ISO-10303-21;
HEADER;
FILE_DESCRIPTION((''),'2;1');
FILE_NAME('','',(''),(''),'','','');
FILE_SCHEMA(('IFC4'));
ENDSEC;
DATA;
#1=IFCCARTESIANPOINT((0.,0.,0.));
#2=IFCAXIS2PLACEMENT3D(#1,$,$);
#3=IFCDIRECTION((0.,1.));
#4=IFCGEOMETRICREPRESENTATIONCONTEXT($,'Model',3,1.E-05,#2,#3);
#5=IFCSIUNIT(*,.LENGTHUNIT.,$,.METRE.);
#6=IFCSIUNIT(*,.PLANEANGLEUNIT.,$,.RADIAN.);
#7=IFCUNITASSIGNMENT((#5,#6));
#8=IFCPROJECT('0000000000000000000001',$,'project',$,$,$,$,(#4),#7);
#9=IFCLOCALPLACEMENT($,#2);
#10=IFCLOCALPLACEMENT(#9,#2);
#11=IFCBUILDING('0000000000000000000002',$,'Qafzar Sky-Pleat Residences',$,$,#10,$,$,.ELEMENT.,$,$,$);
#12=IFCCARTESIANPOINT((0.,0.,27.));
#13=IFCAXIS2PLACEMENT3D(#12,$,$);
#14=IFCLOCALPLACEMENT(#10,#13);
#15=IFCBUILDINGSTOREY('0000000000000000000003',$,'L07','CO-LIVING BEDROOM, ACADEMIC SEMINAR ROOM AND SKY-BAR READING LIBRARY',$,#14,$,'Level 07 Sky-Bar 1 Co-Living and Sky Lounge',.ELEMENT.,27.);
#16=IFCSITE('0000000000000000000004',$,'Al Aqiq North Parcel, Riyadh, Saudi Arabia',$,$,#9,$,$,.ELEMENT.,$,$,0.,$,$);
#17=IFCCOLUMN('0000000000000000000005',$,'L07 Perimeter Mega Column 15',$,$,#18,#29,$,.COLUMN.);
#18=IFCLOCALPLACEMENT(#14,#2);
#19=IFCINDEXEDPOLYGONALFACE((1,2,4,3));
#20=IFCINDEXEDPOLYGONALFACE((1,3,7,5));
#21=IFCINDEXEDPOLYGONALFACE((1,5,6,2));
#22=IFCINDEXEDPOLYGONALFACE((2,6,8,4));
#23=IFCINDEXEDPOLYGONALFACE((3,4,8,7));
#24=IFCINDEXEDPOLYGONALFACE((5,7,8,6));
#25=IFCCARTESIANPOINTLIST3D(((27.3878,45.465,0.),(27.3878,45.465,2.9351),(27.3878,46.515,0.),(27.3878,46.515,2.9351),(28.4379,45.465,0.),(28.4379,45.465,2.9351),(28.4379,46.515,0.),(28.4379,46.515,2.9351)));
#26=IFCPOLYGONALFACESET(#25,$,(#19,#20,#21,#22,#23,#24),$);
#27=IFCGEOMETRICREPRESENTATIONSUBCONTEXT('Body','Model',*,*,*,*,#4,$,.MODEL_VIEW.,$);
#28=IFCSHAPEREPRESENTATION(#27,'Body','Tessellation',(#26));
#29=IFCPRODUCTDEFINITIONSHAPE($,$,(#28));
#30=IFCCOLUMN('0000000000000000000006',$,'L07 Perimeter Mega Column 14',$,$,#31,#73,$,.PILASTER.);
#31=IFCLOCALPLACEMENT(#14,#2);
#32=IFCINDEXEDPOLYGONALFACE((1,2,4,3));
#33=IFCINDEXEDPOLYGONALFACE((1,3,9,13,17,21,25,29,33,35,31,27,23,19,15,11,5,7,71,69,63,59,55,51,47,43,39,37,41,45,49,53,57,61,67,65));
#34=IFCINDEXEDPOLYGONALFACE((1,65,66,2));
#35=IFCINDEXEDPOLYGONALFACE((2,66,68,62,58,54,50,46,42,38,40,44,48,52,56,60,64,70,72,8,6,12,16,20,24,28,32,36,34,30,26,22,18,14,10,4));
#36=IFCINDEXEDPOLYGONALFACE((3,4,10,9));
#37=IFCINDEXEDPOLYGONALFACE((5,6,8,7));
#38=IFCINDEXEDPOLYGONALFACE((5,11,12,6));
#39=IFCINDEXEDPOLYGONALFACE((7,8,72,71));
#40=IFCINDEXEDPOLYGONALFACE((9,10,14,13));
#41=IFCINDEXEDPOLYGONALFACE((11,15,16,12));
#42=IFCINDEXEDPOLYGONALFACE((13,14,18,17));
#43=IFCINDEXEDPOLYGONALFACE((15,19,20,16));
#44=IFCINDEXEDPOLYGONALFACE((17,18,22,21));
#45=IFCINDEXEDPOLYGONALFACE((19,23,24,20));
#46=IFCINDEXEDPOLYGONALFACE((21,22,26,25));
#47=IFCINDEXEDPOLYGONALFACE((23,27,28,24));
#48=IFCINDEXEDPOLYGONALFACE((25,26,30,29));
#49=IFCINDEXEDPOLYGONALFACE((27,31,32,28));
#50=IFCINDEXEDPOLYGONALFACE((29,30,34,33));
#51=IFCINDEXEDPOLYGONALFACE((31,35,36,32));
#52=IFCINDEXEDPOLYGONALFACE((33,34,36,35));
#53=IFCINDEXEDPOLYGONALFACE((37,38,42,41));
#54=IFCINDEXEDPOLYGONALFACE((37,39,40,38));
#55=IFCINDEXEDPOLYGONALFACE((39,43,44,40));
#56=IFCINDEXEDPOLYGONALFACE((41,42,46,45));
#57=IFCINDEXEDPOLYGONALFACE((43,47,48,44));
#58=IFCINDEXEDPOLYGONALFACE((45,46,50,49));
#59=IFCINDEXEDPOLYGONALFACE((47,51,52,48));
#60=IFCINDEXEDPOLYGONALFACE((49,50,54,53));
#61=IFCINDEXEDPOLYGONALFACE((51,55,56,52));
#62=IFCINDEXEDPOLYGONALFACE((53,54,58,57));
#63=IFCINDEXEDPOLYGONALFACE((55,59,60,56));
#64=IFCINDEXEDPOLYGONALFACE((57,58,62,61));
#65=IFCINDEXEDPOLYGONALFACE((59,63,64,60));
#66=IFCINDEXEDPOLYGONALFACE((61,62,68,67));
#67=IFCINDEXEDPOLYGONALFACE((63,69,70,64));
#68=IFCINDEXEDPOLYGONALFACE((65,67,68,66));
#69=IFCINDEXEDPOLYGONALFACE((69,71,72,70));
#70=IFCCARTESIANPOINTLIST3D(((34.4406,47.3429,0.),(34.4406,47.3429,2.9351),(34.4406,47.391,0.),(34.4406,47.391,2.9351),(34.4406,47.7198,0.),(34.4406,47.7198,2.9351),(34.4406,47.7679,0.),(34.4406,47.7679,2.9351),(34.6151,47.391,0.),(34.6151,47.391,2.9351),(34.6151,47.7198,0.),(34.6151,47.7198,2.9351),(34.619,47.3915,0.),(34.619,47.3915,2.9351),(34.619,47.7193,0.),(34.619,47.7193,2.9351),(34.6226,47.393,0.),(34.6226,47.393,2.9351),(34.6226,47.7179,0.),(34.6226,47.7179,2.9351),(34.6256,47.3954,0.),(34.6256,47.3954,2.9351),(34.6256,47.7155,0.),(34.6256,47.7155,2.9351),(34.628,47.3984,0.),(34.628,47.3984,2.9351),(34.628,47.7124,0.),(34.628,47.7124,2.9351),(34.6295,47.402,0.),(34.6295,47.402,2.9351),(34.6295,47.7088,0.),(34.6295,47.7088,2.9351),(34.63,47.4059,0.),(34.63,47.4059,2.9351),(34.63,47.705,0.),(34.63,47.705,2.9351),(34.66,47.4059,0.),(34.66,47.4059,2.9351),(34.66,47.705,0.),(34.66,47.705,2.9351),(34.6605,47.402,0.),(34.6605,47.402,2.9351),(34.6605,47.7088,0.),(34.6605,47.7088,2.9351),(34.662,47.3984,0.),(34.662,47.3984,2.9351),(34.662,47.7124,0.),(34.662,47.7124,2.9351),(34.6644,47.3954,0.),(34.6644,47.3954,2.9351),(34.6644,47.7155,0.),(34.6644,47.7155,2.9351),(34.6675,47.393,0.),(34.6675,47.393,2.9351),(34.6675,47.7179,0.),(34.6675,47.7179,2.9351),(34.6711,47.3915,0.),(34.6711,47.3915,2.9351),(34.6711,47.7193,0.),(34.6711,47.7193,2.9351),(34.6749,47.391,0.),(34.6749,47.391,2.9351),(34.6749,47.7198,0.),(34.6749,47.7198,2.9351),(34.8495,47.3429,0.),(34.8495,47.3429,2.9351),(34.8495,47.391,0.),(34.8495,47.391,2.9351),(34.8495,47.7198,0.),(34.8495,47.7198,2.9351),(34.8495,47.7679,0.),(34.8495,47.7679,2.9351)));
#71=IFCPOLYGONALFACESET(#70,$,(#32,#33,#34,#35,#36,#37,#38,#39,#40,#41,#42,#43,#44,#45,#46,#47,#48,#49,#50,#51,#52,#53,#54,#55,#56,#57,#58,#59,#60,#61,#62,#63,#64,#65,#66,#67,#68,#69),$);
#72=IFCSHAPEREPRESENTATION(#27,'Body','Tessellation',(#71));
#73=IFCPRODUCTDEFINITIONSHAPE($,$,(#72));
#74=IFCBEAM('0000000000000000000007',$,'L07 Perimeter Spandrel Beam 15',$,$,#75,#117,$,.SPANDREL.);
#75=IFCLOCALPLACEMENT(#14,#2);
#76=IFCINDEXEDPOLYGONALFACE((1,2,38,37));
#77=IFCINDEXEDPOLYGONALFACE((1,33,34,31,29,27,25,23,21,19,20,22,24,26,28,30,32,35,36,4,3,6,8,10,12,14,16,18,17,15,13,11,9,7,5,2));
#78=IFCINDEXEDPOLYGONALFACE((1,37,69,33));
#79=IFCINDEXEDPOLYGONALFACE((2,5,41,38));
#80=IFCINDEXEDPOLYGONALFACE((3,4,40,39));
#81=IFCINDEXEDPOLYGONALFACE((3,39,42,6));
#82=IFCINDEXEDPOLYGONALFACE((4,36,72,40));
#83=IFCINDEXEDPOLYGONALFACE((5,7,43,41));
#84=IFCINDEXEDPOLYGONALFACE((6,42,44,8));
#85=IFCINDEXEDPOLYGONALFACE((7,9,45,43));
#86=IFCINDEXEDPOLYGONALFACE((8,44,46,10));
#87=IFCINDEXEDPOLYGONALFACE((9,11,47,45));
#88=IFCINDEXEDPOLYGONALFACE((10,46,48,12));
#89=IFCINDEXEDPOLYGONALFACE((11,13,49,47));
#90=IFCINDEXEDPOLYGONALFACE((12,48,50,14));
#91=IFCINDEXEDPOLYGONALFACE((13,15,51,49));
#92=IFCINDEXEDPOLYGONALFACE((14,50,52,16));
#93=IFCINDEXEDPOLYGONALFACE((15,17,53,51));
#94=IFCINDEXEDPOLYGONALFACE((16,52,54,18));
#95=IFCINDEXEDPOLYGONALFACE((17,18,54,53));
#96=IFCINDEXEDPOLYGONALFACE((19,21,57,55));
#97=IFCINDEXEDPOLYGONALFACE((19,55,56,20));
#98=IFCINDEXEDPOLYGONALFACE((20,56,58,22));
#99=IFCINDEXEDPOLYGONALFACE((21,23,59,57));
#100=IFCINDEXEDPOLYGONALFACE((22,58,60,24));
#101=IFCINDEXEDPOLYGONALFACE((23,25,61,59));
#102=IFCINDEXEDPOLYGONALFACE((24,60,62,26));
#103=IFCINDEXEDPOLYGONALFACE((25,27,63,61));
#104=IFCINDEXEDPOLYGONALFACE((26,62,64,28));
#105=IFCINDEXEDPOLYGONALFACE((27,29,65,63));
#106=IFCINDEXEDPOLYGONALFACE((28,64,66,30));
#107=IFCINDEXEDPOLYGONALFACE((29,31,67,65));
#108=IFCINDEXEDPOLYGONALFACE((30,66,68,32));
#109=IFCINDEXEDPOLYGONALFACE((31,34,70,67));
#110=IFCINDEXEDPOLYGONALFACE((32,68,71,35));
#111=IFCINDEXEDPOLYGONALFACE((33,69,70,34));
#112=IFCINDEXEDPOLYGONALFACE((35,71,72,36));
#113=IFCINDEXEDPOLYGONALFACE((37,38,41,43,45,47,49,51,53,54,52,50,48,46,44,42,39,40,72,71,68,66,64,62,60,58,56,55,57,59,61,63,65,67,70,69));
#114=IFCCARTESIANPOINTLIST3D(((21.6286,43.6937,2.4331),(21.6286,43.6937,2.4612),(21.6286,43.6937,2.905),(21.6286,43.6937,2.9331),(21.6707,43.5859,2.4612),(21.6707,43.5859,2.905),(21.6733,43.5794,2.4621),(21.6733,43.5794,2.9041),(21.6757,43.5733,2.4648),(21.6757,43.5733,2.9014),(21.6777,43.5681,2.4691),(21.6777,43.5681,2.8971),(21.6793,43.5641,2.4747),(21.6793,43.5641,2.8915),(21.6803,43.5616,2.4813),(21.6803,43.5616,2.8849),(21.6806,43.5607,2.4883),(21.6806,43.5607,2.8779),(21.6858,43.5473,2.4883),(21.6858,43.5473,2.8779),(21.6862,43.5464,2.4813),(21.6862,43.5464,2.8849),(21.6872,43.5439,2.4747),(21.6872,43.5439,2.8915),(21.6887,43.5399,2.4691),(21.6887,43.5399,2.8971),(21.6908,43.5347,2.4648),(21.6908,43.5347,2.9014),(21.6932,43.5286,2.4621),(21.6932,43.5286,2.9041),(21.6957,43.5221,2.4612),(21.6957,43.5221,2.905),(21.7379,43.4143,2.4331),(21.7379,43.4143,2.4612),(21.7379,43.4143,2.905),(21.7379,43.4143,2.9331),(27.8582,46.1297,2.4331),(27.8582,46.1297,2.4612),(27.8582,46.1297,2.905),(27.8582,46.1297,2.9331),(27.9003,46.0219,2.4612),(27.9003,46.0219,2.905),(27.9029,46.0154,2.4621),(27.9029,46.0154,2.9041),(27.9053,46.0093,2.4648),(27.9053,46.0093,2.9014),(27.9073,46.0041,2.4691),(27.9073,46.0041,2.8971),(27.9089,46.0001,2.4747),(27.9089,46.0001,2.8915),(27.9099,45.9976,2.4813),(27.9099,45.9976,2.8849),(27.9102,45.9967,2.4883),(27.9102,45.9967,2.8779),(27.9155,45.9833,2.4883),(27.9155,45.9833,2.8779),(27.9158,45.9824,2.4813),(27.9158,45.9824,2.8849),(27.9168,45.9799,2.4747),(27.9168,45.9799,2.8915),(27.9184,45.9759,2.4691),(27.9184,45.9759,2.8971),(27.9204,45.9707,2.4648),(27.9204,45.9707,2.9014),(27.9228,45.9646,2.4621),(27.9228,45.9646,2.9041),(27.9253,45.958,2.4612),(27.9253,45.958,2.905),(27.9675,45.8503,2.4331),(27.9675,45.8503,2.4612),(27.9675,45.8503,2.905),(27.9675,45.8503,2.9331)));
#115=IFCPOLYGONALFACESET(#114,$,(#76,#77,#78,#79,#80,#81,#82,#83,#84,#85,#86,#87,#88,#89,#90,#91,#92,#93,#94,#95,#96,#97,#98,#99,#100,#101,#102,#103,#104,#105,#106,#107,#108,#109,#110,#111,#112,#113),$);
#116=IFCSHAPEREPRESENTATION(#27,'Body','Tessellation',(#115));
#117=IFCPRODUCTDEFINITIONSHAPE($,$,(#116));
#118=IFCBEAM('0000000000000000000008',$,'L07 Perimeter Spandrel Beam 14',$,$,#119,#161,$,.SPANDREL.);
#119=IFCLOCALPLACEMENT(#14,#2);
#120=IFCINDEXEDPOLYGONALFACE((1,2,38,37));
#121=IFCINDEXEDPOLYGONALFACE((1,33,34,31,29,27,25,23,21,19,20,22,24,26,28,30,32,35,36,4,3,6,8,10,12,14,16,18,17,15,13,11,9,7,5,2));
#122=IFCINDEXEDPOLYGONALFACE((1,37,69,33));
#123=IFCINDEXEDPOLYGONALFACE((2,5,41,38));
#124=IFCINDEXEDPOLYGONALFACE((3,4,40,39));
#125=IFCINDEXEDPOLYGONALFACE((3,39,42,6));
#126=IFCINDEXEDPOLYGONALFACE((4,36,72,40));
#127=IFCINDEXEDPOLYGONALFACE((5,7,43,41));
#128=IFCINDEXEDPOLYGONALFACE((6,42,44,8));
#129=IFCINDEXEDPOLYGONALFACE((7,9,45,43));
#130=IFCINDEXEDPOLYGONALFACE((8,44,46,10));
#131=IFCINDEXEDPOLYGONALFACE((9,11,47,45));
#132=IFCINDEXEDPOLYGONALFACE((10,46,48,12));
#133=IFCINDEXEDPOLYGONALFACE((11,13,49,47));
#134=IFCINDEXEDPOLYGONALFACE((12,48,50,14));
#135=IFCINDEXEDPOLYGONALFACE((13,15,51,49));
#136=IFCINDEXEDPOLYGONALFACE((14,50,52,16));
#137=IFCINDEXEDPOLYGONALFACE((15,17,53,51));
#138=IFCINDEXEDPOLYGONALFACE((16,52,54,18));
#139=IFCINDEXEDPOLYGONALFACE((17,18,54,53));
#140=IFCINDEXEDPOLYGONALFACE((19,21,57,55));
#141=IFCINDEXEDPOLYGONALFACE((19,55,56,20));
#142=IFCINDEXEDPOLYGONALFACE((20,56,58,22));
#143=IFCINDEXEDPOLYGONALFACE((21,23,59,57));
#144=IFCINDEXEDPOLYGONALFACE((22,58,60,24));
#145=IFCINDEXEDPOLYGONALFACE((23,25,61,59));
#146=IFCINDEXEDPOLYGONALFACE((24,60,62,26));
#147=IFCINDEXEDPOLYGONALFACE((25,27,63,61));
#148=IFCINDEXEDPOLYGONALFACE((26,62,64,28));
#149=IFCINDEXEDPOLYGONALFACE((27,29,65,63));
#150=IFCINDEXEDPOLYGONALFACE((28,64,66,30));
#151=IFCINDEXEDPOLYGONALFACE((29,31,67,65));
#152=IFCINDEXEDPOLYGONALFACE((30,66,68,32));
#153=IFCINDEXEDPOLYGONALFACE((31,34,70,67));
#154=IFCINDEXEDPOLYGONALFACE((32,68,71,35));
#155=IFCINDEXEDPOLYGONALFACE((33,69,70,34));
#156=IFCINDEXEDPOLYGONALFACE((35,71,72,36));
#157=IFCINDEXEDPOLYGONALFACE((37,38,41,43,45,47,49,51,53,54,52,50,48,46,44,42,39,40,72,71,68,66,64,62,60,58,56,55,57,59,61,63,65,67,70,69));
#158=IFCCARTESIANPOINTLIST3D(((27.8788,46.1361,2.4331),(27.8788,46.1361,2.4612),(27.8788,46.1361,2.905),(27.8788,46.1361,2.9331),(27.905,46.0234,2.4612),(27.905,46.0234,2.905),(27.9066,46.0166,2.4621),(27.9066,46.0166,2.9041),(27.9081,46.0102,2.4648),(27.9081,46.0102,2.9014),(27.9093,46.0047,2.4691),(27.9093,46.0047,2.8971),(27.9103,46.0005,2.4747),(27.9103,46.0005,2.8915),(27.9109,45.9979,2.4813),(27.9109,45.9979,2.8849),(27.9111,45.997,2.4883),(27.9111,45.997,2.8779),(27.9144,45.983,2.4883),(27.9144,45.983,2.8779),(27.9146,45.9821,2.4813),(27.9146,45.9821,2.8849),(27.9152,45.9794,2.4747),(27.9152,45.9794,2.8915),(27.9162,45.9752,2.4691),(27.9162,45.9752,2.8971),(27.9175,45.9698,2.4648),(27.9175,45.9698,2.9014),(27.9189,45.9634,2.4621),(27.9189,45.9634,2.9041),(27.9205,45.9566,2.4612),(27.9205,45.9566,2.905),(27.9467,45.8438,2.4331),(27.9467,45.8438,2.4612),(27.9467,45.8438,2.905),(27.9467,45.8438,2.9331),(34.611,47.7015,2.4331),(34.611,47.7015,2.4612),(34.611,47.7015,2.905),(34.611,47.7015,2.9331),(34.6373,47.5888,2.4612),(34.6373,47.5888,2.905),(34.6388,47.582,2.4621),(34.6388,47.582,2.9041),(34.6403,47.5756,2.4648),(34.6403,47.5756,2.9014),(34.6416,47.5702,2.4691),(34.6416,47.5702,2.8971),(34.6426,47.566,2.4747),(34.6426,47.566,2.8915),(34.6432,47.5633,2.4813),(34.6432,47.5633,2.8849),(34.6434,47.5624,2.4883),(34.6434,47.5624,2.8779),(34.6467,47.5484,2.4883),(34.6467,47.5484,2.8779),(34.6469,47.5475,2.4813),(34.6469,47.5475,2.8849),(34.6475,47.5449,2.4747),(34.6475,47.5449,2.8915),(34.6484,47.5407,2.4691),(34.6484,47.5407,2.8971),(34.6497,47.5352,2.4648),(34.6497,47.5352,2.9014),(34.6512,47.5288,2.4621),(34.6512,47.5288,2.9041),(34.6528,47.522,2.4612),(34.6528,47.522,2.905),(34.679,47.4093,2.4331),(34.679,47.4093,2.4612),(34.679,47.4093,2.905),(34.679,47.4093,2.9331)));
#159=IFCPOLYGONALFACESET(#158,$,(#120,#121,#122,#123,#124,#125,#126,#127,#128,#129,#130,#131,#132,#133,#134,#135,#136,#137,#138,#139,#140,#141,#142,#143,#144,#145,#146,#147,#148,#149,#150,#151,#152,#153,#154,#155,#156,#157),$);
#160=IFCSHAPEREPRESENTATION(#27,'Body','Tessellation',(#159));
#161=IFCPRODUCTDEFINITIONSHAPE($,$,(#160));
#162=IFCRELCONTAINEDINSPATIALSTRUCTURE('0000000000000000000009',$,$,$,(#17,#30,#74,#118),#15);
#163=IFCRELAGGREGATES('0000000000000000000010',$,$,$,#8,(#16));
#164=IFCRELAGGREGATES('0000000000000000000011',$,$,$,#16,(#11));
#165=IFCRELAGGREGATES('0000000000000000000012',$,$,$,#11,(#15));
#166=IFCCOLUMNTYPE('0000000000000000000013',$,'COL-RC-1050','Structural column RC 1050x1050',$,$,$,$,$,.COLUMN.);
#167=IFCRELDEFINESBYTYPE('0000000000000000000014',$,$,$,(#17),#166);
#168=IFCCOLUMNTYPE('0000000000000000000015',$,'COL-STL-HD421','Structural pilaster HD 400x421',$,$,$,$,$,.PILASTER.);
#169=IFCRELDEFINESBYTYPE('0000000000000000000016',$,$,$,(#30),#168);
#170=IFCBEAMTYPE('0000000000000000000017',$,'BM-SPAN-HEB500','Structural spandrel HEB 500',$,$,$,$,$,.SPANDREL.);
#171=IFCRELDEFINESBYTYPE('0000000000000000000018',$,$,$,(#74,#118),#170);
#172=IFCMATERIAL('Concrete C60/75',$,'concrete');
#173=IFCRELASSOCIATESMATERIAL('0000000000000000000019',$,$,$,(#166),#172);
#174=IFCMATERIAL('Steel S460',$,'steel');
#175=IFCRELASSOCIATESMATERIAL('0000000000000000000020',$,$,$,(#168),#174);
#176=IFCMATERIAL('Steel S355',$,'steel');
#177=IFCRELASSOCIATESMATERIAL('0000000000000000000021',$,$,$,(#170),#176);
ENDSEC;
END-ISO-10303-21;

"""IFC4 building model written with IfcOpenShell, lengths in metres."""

from ifc_helpers import new_model, si_unit, direction, frame, origin, origin_2d, place, context, subcontext, project, spatial, rectangle, i_section, extrude, source, transform, mapped, material, material_profile, profile_set, type_object, element, save


model = new_model("IFC4")

# Units and contexts
model_context = context("Model", 3, precision=1e-05, world=origin(), true_north=direction((0.0, 1.0)))
body_context = subcontext(model_context, "Body", "Model", "MODEL_VIEW")
ifc_project = project(units=[si_unit("LENGTHUNIT", "METRE"), si_unit("PLANEANGLEUNIT", "RADIAN")], contexts=[model_context])

# Site, building, storey
site_placement = place(None, origin())
site = spatial("IfcSite", under=ifc_project, at=site_placement, Name="Al Aqiq North Parcel, Riyadh, Saudi Arabia", CompositionType="ELEMENT", RefElevation=0.0)
building_placement = place(site_placement, origin())
building = spatial("IfcBuilding", under=site, at=building_placement, Name="Qafzar Sky-Pleat Residences", CompositionType="ELEMENT")
storey_placement = place(building_placement, frame((0.0, 0.0, 27.0)))
storey = spatial("IfcBuildingStorey", under=building, at=storey_placement, Name="L07", Description="CO-LIVING BEDROOM, ACADEMIC SEMINAR ROOM AND SKY-BAR READING LIBRARY", LongName="Level 07 Sky-Bar 1 Co-Living and Sky Lounge", CompositionType="ELEMENT", Elevation=27.0)

# Columns
ifc_material_1 = material(Name="Concrete C60/75", Category="concrete")
ifc_material_profile_1 = material_profile(ifc_material_1, rectangle(XDim=1.05, YDim=1.05, at=origin_2d()), Name="RC 1050x1050")
ifc_profile_set_1 = profile_set([ifc_material_profile_1], Name="Concrete C60/75")
column_type_1 = type_object("IfcColumnType", Name="COL-RC-1050", Description="Structural column RC 1050x1050", PredefinedType="COLUMN", material=ifc_profile_set_1)
shared_shape_1 = source(origin(), body_context, "Body", "SweptSolid", [
    extrude(rectangle(XDim=1.05, YDim=1.05, at=origin_2d()), origin(), (0.0, 0.0, 1.0), 2.9351),
])
column_1_placement = place(storey_placement, frame((27.9128, 45.99, 0.0), z_axis=(0.0, 0.0, 1.0), x_axis=(1.0, 0.0, 0.0)))
element("IfcColumn", 1, at=column_1_placement, inside=storey, type_object=column_type_1, Name="L07 Perimeter Mega Column 15", PredefinedType="COLUMN", context=body_context, shape_type="MappedRepresentation", body=[
    mapped(shared_shape_1, transform((0.0, 0.0, 0.0), x_axis=(1.0, 0.0, 0.0), y_axis=(0.0, 1.0, 0.0), z_axis=(0.0, 0.0, 1.0), scale=1.0)),
])
ifc_material_2 = material(Name="Steel S460", Category="steel")
ifc_material_profile_2 = material_profile(ifc_material_2, i_section(OverallWidth=0.4089, OverallDepth=0.425, WebThickness=0.03, FlangeThickness=0.0481, FilletRadius=0.0149, at=origin_2d()), Name="HD 400x421")
ifc_profile_set_2 = profile_set([ifc_material_profile_2], Name="Steel S460")
column_type_2 = type_object("IfcColumnType", Name="COL-STL-HD421", Description="Structural pilaster HD 400x421", PredefinedType="PILASTER", material=ifc_profile_set_2)
shared_shape_2 = source(origin(), body_context, "Body", "SweptSolid", [
    extrude(i_section(OverallWidth=0.4089, OverallDepth=0.425, WebThickness=0.03, FlangeThickness=0.0481, FilletRadius=0.0149, at=origin_2d()), origin(), (0.0, 0.0, 1.0), 2.9351),
])
column_2_placement = place(storey_placement, frame((34.645, 47.5554, 0.0), z_axis=(0.0, 0.0, 1.0), x_axis=(1.0, 0.0, 0.0)))
element("IfcColumn", 2, at=column_2_placement, inside=storey, type_object=column_type_2, Name="L07 Perimeter Mega Column 14", PredefinedType="PILASTER", context=body_context, shape_type="MappedRepresentation", body=[
    mapped(shared_shape_2, transform((0.0, 0.0, 0.0), x_axis=(1.0, 0.0, 0.0), y_axis=(0.0, 1.0, 0.0), z_axis=(0.0, 0.0, 1.0), scale=1.0)),
])

# Beams
ifc_material_3 = material(Name="Steel S355", Category="steel")
ifc_material_profile_3 = material_profile(ifc_material_3, i_section(OverallWidth=0.3, OverallDepth=0.5, WebThickness=0.0144, FlangeThickness=0.0281, FilletRadius=0.0271, at=origin_2d()), Name="HEB 500")
ifc_profile_set_3 = profile_set([ifc_material_profile_3], Name="Steel S355")
beam_type_1 = type_object("IfcBeamType", Name="BM-SPAN-HEB500", Description="Structural spandrel HEB 500", PredefinedType="SPANDREL", material=ifc_profile_set_3)
shared_shape_3 = source(origin(), body_context, "Body", "SweptSolid", [
    extrude(i_section(OverallWidth=0.3, OverallDepth=0.5, WebThickness=0.0144, FlangeThickness=0.0281, FilletRadius=0.0271, at=origin_2d()), origin(), (0.0, 0.0, 1.0), 6.689),
])
beam_1_placement = place(storey_placement, frame((27.9128, 45.99, 2.6831), z_axis=(-0.931328, -0.364181, 0.0), x_axis=(0.364181, -0.931328, 0.0)))
element("IfcBeam", 3, at=beam_1_placement, inside=storey, type_object=beam_type_1, Name="L07 Perimeter Spandrel Beam 15", PredefinedType="SPANDREL", context=body_context, shape_type="MappedRepresentation", body=[
    mapped(shared_shape_3, transform((0.0, 0.0, 0.0), x_axis=(1.0, 0.0, 0.0), y_axis=(0.0, 1.0, 0.0), z_axis=(0.0, 0.0, 1.0), scale=1.0)),
])
shared_shape_4 = source(origin(), body_context, "Body", "SweptSolid", [
    extrude(i_section(OverallWidth=0.3, OverallDepth=0.5, WebThickness=0.0144, FlangeThickness=0.0281, FilletRadius=0.0271, at=origin_2d()), origin(), (0.0, 0.0, 1.0), 6.9119),
])
beam_2_placement = place(storey_placement, frame((34.645, 47.5554, 2.6831), z_axis=(-0.974014, -0.226487, 0.0), x_axis=(0.226487, -0.974014, 0.0)))
element("IfcBeam", 4, at=beam_2_placement, inside=storey, type_object=beam_type_1, Name="L07 Perimeter Spandrel Beam 14", PredefinedType="SPANDREL", context=body_context, shape_type="MappedRepresentation", body=[
    mapped(shared_shape_4, transform((0.0, 0.0, 0.0), x_axis=(1.0, 0.0, 0.0), y_axis=(0.0, 1.0, 0.0), z_axis=(0.0, 0.0, 1.0), scale=1.0)),
])

save(model, "model.ifc")
